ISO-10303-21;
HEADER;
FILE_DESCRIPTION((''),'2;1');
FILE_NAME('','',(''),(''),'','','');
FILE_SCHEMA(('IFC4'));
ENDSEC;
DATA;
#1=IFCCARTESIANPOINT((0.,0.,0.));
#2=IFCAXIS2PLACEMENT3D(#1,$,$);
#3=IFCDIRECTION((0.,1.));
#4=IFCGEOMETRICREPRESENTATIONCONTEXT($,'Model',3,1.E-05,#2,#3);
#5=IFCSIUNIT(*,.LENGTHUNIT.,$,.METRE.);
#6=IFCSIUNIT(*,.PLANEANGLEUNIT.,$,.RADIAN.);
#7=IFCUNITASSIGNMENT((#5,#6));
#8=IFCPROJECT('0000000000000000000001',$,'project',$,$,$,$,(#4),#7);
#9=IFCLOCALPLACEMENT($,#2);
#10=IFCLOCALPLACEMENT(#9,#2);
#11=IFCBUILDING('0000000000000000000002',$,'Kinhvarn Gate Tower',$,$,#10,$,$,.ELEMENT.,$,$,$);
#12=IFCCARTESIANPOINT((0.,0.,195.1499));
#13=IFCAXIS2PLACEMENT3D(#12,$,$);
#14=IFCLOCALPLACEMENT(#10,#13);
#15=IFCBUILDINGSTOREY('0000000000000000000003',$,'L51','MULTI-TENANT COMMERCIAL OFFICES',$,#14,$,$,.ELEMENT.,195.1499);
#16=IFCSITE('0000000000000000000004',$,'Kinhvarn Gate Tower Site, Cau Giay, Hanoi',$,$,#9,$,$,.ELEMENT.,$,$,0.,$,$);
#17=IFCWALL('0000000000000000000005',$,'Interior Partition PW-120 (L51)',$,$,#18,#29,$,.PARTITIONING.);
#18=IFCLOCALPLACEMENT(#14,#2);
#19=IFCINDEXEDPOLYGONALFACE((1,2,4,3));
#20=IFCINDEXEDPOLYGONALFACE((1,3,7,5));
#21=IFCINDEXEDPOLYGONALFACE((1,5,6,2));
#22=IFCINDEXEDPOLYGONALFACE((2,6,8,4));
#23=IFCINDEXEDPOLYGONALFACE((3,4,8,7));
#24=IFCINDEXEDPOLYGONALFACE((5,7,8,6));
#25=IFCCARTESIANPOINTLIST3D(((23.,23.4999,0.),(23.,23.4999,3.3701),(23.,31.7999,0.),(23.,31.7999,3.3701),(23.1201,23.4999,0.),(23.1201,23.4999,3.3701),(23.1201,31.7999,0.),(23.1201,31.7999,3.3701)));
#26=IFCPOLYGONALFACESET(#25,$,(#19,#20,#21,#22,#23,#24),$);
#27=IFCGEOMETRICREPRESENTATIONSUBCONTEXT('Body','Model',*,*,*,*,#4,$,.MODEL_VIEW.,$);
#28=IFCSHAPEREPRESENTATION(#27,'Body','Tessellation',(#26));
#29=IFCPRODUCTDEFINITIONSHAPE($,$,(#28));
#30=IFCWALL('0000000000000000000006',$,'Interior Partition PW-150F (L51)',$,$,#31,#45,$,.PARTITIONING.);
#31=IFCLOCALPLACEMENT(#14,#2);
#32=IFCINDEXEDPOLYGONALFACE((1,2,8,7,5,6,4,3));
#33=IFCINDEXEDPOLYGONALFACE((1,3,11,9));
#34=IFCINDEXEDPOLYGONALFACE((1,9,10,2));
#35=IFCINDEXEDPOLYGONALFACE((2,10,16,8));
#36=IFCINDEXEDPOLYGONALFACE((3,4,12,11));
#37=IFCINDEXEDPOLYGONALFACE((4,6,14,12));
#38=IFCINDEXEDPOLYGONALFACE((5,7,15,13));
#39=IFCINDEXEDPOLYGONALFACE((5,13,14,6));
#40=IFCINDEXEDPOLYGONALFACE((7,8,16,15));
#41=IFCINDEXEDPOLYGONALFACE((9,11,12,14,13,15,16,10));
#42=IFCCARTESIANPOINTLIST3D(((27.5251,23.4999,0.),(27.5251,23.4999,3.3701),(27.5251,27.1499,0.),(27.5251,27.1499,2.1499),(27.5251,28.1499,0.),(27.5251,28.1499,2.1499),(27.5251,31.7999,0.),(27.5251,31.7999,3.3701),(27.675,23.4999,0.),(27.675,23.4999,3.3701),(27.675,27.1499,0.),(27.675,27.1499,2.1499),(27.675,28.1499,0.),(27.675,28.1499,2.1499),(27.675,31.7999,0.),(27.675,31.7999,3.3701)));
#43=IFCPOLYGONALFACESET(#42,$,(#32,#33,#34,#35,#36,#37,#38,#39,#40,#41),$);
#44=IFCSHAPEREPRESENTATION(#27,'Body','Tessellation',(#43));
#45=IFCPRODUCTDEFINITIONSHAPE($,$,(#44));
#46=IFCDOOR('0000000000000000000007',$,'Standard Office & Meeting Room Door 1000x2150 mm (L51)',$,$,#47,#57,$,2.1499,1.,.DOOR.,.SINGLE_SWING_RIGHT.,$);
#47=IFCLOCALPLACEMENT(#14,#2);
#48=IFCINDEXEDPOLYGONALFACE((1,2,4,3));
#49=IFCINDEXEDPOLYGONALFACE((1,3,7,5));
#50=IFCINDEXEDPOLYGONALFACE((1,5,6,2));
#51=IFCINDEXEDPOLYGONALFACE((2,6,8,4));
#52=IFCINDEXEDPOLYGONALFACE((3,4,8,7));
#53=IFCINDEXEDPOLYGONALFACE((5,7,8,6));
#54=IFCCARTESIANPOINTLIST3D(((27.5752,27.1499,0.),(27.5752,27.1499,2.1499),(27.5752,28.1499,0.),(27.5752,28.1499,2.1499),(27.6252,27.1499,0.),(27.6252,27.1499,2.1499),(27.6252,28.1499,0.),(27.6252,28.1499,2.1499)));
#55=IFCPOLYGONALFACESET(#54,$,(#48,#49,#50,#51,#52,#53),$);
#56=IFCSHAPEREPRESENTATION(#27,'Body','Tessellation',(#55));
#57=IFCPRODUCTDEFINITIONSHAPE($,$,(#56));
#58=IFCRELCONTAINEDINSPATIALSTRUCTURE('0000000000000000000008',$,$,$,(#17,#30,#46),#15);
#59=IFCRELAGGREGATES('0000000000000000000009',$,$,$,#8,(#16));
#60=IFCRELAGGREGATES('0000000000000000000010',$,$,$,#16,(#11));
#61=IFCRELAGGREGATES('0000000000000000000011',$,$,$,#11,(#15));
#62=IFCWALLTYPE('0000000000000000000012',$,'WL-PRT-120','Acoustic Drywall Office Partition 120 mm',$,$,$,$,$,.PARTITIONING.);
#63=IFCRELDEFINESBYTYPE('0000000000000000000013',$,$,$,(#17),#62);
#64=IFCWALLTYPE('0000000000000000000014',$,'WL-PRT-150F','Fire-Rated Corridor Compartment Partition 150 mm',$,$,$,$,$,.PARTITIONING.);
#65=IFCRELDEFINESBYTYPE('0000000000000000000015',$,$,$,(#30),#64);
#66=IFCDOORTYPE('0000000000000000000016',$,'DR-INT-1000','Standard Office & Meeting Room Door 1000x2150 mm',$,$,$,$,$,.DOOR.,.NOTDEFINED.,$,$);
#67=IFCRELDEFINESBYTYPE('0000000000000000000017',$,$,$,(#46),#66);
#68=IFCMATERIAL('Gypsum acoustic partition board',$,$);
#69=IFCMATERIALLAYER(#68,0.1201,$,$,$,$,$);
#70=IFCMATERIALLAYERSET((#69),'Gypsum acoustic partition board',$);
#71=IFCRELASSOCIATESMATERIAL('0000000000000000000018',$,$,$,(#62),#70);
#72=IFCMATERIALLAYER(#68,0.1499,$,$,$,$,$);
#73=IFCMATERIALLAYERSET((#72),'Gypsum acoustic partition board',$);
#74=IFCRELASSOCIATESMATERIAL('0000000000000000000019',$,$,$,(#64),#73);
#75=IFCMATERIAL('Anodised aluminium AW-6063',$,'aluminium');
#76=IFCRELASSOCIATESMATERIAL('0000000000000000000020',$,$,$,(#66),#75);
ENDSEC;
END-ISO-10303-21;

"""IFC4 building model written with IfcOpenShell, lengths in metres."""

from ifc_helpers import new_model, si_unit, direction, frame, frame_2d, origin, place, context, subcontext, project, spatial, rectangle, extrude, material, layer, layer_set, type_object, element, fill, save


model = new_model("IFC4")

# Units and contexts
model_context = context("Model", 3, precision=1e-05, world=origin(), true_north=direction((0.0, 1.0)))
body_context = subcontext(model_context, "Body", "Model", "MODEL_VIEW")
ifc_project = project(units=[si_unit("LENGTHUNIT", "METRE"), si_unit("PLANEANGLEUNIT", "RADIAN")], contexts=[model_context])

# Site, building, storey
site_placement = place(None, origin())
site = spatial("IfcSite", under=ifc_project, at=site_placement, Name="Kinhvarn Gate Tower Site, Cau Giay, Hanoi", CompositionType="ELEMENT", RefElevation=0.0)
building_placement = place(site_placement, origin())
building = spatial("IfcBuilding", under=site, at=building_placement, Name="Kinhvarn Gate Tower", CompositionType="ELEMENT")
storey_placement = place(building_placement, frame((0.0, 0.0, 195.1499)))
storey = spatial("IfcBuildingStorey", under=building, at=storey_placement, Name="L51", Description="MULTI-TENANT COMMERCIAL OFFICES", CompositionType="ELEMENT", Elevation=195.1499)

# Shared definitions
ifc_material_1 = material(Name="Gypsum acoustic partition board")

# Shared definitions
ifc_material_2 = material(Name="Anodised aluminium AW-6063", Category="aluminium")

# Wall
ifc_layer_1 = layer(ifc_material_1, 0.1201)
ifc_layer_set_1 = layer_set([ifc_layer_1], Name="Gypsum acoustic partition board")
wall_type_1 = type_object("IfcWallType", Name="WL-PRT-120", Description="Acoustic Drywall Office Partition 120 mm", PredefinedType="PARTITIONING", material=ifc_layer_set_1)
wall_1_placement = place(storey_placement, frame((23.0601, 23.5, 0.0), z_axis=(0.0, 0.0, 1.0), x_axis=(0.0, 1.0, 0.0)))
element("IfcWall", 1, at=wall_1_placement, inside=storey, type_object=wall_type_1, Name="Interior Partition PW-120 (L51)", PredefinedType="PARTITIONING", context=body_context, shape_type="SweptSolid", body=[
    extrude(rectangle(XDim=8.3, YDim=0.1201, at=frame_2d((4.1499, 0.0))), origin(), (0.0, 0.0, 1.0), 3.3701),
])

# Wall, opening, door
ifc_layer_2 = layer(ifc_material_1, 0.1499)
ifc_layer_set_2 = layer_set([ifc_layer_2], Name="Gypsum acoustic partition board")
wall_type_2 = type_object("IfcWallType", Name="WL-PRT-150F", Description="Fire-Rated Corridor Compartment Partition 150 mm", PredefinedType="PARTITIONING", material=ifc_layer_set_2)
wall_2_placement = place(storey_placement, frame((27.6001, 23.5, 0.0), z_axis=(0.0, 0.0, 1.0), x_axis=(0.0, 1.0, 0.0)))
wall_2 = element("IfcWall", 2, at=wall_2_placement, inside=storey, type_object=wall_type_2, Name="Interior Partition PW-150F (L51)", PredefinedType="PARTITIONING", context=body_context, shape_type="SweptSolid", body=[
    extrude(rectangle(XDim=8.3, YDim=0.1499, at=frame_2d((4.1499, 0.0))), origin(), (0.0, 0.0, 1.0), 3.3701),
])
opening_1_placement = place(wall_2_placement, frame((3.6499, 0.0, 0.0)))
opening_1 = element("IfcOpeningElement", 3, at=opening_1_placement, cuts=wall_2, PredefinedType="OPENING", context=body_context, shape_type="SweptSolid", body=[
    extrude(rectangle(XDim=1.0, YDim=2.1499, at=frame_2d((0.5, 1.075))), frame((0.0, 0.085, 0.0), z_axis=(0.0, -1.0, 0.0), x_axis=(1.0, 0.0, 0.0)), (0.0, 0.0, 1.0), 0.1699),
])
door_type_1 = type_object("IfcDoorType", Name="DR-INT-1000", Description="Standard Office & Meeting Room Door 1000x2150 mm", OperationType="NOTDEFINED", PredefinedType="DOOR", material=ifc_material_2)
door_1_placement = place(opening_1_placement, origin())
door_1 = element("IfcDoor", 4, at=door_1_placement, inside=storey, type_object=door_type_1, Name="Standard Office & Meeting Room Door 1000x2150 mm (L51)", OperationType="SINGLE_SWING_RIGHT", OverallHeight=2.1499, OverallWidth=1.0, PredefinedType="DOOR", context=body_context, shape_type="SweptSolid", body=[
    extrude(rectangle(XDim=1.0, YDim=2.1499, at=frame_2d((0.5, 1.075))), frame((0.0, 0.0249, 0.0), z_axis=(0.0, -1.0, 0.0), x_axis=(1.0, 0.0, 0.0)), (0.0, 0.0, 1.0), 0.05),
])
fill(opening_1, door_1)

save(model, "model.ifc")
